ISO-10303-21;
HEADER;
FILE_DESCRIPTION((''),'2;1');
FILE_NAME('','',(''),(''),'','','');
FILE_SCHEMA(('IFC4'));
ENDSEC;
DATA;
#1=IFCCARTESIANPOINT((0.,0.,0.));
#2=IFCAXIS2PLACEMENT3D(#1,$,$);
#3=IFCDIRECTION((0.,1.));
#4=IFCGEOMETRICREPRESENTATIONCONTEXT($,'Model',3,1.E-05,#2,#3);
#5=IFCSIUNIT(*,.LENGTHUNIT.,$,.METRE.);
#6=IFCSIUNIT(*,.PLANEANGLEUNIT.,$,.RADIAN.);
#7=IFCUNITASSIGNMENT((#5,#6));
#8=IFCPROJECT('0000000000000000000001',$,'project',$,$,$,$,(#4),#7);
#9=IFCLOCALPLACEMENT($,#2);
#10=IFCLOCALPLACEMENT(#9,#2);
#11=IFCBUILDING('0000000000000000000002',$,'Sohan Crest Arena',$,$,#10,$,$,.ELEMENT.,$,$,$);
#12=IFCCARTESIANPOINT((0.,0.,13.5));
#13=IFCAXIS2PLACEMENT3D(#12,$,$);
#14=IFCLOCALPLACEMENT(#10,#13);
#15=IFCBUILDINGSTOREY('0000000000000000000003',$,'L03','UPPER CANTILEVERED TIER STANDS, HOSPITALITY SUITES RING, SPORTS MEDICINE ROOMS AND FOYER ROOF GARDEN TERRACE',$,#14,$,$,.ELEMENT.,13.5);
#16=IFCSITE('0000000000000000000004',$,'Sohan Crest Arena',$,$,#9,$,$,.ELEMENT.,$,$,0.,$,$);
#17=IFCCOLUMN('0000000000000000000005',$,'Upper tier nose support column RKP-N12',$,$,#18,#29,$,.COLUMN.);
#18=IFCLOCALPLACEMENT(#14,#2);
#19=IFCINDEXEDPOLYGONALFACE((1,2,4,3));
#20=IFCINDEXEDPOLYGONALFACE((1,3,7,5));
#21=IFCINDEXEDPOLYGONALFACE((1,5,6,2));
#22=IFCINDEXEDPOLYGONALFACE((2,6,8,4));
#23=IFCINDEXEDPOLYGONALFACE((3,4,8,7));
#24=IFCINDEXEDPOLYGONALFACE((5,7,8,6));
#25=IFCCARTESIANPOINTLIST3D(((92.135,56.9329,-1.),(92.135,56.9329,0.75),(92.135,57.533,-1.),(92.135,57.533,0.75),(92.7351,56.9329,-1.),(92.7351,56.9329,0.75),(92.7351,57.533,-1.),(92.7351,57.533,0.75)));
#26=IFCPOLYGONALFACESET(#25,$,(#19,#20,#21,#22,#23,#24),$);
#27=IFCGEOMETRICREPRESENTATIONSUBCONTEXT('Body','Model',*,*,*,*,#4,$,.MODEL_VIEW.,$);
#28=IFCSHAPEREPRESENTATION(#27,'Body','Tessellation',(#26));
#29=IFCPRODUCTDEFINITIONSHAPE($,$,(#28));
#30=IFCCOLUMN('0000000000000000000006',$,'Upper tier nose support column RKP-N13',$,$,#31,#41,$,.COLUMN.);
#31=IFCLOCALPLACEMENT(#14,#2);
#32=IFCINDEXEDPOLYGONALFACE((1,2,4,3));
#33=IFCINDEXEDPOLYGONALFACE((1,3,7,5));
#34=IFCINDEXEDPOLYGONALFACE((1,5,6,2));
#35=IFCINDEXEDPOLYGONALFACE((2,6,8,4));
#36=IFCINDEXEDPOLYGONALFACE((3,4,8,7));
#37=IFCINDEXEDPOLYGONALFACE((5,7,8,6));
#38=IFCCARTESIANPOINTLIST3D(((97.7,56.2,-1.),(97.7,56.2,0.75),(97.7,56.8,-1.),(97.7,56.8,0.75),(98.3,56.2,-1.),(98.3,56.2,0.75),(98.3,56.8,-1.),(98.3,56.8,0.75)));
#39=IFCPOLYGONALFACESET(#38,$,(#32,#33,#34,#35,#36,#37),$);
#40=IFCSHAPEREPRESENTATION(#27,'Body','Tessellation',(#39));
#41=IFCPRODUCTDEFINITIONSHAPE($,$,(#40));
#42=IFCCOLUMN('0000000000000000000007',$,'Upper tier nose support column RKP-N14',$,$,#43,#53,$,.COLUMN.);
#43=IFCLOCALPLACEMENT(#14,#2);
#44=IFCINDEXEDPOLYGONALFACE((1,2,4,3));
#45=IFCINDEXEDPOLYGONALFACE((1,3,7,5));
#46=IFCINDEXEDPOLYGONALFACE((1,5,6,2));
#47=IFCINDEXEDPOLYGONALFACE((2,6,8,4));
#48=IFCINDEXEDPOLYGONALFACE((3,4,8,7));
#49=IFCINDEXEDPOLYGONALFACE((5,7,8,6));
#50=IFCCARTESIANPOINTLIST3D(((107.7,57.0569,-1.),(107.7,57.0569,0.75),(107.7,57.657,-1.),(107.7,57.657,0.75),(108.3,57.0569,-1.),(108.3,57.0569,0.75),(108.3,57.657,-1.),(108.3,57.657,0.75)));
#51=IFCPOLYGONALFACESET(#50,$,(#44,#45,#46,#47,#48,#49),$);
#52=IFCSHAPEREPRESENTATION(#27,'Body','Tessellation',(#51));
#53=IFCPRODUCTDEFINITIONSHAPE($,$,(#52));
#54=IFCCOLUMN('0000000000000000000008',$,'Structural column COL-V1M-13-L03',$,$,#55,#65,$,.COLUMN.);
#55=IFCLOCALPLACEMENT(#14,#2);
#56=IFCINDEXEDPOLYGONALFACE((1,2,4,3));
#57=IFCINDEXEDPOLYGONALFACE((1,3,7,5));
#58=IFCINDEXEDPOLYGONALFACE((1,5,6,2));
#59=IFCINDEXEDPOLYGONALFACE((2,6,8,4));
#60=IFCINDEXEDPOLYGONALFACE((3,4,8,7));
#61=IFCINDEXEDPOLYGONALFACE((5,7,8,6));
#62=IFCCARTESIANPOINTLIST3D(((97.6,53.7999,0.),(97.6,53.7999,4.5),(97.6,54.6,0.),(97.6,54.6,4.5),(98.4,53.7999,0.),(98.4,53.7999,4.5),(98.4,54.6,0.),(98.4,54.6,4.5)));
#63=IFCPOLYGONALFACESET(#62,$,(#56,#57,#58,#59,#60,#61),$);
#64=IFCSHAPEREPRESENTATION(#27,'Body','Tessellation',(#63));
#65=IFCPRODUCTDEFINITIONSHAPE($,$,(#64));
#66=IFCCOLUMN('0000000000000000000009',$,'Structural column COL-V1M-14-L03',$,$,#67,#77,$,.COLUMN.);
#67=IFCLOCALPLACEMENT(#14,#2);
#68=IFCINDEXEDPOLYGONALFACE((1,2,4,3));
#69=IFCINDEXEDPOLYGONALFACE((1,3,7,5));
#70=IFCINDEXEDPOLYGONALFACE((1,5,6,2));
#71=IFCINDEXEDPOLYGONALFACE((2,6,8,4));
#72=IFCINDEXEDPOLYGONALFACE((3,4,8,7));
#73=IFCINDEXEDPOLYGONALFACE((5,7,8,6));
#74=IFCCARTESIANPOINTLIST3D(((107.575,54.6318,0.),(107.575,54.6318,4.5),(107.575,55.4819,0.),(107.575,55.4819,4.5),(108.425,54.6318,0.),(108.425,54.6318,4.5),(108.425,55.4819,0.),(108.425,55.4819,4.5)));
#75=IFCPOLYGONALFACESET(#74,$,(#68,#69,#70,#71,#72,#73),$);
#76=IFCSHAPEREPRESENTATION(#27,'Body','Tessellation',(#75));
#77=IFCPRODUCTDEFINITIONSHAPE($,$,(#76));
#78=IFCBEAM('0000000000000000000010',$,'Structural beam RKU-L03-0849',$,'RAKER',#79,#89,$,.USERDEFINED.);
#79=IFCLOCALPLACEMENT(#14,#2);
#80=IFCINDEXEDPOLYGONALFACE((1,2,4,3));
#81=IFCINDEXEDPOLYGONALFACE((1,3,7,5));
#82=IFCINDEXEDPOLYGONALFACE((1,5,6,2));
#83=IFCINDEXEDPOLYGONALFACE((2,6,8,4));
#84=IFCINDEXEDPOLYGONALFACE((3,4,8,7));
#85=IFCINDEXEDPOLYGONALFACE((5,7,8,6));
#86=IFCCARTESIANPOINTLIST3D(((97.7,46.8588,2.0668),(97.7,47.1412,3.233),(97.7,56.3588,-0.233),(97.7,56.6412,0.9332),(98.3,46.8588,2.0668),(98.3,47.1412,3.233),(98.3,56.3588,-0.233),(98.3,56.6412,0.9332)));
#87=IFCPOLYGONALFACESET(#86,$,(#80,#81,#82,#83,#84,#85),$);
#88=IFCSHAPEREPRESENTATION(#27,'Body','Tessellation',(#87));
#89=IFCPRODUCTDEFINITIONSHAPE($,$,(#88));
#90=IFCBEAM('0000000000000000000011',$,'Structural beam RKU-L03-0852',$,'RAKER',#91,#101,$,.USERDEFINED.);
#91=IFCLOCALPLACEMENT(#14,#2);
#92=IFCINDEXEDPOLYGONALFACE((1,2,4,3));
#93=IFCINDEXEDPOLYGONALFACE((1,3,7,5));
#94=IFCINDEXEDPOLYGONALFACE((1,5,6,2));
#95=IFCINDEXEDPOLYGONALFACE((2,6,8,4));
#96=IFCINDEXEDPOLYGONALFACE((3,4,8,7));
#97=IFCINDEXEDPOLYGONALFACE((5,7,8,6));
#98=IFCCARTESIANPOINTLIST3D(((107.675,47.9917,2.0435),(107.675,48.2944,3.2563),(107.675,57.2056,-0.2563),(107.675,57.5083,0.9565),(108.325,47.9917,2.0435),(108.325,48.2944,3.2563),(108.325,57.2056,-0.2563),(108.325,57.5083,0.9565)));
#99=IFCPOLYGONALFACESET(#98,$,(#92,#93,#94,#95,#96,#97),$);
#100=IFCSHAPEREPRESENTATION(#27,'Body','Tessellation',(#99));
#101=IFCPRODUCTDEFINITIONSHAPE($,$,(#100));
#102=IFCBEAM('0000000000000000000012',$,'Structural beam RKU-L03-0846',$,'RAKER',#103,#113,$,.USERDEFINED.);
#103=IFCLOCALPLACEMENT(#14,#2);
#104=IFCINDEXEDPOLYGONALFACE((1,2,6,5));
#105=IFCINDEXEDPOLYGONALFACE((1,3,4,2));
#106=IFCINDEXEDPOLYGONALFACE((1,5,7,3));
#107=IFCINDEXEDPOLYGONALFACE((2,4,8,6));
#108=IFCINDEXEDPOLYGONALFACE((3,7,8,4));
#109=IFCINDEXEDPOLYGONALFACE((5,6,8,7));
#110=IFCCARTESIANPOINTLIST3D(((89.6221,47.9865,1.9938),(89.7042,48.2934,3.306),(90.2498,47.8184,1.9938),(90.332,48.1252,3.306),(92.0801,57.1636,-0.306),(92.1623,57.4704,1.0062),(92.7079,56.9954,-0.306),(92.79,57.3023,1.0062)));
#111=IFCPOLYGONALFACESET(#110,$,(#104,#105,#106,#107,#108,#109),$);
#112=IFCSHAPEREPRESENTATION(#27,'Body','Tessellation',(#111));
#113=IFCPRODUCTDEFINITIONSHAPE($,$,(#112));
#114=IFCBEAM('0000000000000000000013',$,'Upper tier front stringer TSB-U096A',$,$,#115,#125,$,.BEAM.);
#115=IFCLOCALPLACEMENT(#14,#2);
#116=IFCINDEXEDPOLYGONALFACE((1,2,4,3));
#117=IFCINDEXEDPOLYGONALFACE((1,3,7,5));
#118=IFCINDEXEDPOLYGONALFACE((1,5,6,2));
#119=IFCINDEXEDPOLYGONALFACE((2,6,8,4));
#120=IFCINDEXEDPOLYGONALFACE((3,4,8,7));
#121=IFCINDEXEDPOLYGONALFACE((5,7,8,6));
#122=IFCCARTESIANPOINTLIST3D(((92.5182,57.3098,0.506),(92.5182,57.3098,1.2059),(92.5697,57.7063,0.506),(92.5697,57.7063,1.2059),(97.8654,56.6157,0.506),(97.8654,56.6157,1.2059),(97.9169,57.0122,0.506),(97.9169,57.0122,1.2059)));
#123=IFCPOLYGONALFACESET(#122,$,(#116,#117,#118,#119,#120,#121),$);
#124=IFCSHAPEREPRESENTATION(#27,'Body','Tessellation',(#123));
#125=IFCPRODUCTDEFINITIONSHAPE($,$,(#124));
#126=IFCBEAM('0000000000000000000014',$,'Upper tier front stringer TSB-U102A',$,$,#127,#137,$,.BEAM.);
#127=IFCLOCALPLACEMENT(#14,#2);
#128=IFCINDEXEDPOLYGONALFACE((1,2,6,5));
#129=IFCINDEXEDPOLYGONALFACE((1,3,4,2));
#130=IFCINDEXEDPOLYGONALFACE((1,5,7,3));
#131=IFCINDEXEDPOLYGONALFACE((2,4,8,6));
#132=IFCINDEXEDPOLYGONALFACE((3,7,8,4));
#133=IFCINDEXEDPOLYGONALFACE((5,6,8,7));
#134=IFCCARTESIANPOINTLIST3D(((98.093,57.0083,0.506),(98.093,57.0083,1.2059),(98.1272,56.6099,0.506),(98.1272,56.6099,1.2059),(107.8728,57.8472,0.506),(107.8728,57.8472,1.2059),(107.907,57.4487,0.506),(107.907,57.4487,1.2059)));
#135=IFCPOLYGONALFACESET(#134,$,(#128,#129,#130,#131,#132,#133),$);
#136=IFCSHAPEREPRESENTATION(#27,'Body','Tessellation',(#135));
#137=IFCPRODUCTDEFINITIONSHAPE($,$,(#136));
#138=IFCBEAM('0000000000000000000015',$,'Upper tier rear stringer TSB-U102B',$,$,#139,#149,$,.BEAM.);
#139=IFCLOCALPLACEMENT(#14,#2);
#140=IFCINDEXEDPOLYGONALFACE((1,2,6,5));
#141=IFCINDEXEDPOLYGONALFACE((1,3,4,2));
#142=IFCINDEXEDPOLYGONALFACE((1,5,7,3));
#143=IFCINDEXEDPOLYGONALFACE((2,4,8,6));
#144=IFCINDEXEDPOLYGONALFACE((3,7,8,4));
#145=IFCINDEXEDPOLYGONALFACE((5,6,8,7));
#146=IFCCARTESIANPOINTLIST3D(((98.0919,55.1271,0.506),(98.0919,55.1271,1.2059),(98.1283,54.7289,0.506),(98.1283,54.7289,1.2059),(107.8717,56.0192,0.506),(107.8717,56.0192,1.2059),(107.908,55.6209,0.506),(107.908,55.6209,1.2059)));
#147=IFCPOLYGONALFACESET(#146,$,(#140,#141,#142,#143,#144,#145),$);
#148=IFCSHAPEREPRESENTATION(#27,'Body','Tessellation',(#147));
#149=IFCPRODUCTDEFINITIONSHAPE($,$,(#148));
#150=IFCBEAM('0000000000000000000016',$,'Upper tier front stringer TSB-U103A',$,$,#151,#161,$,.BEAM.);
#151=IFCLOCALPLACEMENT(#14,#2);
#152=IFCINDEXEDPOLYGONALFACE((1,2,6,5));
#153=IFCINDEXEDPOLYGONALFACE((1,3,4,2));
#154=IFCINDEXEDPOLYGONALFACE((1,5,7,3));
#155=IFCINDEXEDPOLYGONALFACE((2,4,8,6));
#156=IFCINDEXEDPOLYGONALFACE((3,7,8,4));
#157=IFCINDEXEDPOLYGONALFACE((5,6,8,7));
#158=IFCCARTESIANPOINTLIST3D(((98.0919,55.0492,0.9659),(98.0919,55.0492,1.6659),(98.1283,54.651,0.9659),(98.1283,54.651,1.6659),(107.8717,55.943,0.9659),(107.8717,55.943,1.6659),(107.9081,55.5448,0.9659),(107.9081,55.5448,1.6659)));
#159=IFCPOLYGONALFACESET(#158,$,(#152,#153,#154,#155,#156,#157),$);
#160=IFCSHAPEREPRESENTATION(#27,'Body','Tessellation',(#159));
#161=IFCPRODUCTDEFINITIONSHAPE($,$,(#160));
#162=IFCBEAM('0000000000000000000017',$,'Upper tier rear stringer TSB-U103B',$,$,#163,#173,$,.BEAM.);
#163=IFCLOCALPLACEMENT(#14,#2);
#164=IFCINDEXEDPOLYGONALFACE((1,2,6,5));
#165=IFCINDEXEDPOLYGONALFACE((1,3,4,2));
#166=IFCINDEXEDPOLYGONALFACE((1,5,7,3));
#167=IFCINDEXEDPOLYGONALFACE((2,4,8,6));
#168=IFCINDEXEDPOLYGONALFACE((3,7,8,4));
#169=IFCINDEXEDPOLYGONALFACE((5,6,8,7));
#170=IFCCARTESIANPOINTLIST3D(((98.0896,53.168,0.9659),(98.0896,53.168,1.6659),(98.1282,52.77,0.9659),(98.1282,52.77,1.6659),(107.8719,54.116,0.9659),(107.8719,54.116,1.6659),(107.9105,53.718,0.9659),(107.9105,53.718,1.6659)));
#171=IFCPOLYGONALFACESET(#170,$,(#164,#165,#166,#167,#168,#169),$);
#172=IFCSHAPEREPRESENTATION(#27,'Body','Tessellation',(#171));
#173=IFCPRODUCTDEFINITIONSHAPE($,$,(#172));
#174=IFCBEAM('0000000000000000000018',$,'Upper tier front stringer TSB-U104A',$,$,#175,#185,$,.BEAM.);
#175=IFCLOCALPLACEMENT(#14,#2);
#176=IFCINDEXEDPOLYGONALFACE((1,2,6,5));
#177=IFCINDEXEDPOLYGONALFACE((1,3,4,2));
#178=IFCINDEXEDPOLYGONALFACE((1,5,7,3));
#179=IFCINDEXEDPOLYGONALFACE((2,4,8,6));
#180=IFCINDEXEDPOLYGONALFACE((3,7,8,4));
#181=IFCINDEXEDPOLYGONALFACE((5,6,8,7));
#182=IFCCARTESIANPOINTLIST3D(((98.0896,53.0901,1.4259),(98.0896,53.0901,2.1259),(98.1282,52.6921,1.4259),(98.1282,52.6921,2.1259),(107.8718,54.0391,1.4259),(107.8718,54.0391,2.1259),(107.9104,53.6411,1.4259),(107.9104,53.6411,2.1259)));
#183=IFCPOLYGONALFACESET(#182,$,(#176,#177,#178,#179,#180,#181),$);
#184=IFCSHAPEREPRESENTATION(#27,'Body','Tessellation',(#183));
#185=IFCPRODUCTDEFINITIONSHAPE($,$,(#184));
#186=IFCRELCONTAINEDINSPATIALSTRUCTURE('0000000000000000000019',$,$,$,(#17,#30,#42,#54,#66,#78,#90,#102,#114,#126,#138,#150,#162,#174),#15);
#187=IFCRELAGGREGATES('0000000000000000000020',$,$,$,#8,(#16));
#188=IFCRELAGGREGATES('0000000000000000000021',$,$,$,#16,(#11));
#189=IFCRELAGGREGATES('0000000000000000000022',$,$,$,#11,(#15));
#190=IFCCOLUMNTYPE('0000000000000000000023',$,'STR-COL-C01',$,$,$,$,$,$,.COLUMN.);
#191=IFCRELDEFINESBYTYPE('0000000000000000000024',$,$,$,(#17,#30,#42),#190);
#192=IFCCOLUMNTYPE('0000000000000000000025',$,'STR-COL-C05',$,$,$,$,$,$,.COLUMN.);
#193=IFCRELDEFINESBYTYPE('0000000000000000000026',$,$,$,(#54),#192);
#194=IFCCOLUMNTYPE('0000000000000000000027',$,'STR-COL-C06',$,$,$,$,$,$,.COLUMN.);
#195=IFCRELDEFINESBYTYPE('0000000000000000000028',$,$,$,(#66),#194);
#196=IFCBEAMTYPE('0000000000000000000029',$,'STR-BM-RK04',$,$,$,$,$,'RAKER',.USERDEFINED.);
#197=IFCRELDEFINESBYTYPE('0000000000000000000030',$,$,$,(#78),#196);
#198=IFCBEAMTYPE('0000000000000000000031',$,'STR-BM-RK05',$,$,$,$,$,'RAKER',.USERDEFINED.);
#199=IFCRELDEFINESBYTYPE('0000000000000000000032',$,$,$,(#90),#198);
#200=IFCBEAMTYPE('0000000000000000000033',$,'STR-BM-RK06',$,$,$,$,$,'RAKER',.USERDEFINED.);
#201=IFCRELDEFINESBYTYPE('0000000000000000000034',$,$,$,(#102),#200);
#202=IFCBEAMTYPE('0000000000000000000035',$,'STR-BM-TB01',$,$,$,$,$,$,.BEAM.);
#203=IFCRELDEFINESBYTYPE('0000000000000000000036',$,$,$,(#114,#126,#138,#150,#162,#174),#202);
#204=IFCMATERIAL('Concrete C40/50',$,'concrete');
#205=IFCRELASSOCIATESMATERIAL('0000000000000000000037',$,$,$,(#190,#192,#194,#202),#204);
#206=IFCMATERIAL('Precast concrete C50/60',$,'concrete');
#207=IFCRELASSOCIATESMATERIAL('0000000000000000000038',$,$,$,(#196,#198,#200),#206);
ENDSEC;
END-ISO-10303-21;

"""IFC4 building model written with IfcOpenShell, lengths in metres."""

from ifc_helpers import new_model, si_unit, direction, frame, origin, origin_2d, place, context, subcontext, project, spatial, rectangle, extrude, material, material_profile, profile_set, type_object, element, save


model = new_model("IFC4")

# Units and contexts
model_context = context("Model", 3, precision=1e-05, world=origin(), true_north=direction((0.0, 1.0)))
body_context = subcontext(model_context, "Body", "Model", "MODEL_VIEW")
ifc_project = project(units=[si_unit("LENGTHUNIT", "METRE"), si_unit("PLANEANGLEUNIT", "RADIAN")], contexts=[model_context])

# Site, building, storey
site_placement = place(None, origin())
site = spatial("IfcSite", under=ifc_project, at=site_placement, Name="Sohan Crest Arena", CompositionType="ELEMENT", RefElevation=0.0)
building_placement = place(site_placement, origin())
building = spatial("IfcBuilding", under=site, at=building_placement, Name="Sohan Crest Arena", CompositionType="ELEMENT")
storey_placement = place(building_placement, frame((0.0, 0.0, 13.5)))
storey = spatial("IfcBuildingStorey", under=building, at=storey_placement, Name="L03", Description="UPPER CANTILEVERED TIER STANDS, HOSPITALITY SUITES RING, SPORTS MEDICINE ROOMS AND FOYER ROOF GARDEN TERRACE", CompositionType="ELEMENT", Elevation=13.5)

# Columns
ifc_material_1 = material(Name="Concrete C40/50", Category="concrete")
ifc_material_profile_1 = material_profile(ifc_material_1, rectangle(XDim=0.6001, YDim=0.6001, at=origin_2d()), Name="RC 600x600")
ifc_profile_set_1 = profile_set([ifc_material_profile_1], Name="Concrete C40/50")
column_type_1 = type_object("IfcColumnType", Name="STR-COL-C01", PredefinedType="COLUMN", material=ifc_profile_set_1)
for number, where, z_axis, x_axis, name in (
    (1, (92.4351, 57.2329, -1.0), (0.0, 0.0, 1.0), (1.0, 0.0, 0.0), "Upper tier nose support column RKP-N12"),
    (2, (98.0, 56.5, -1.0), (0.0, 0.0, 1.0), (1.0, 0.0, 0.0), "Upper tier nose support column RKP-N13"),
    (3, (108.0, 57.3569, -1.0), (0.0, 0.0, 1.0), (1.0, 0.0, 0.0), "Upper tier nose support column RKP-N14"),
):
    element("IfcColumn", number, at=place(storey_placement, frame(where, z_axis=z_axis, x_axis=x_axis)), inside=storey, type_object=column_type_1, Name=name, PredefinedType="COLUMN", context=body_context, shape_type="SweptSolid", body=[
        extrude(rectangle(XDim=0.6001, YDim=0.6001, at=origin_2d()), origin(), (0.0, 0.0, 1.0), 1.75),
    ])
ifc_material_profile_2 = material_profile(ifc_material_1, rectangle(XDim=0.8, YDim=0.8, at=origin_2d()), Name="RC 800x800")
ifc_profile_set_2 = profile_set([ifc_material_profile_2], Name="Concrete C40/50")
column_type_2 = type_object("IfcColumnType", Name="STR-COL-C05", PredefinedType="COLUMN", material=ifc_profile_set_2)
column_1_placement = place(storey_placement, frame((98.0, 54.2, 0.0), z_axis=(0.0, 0.0, 1.0), x_axis=(1.0, 0.0, 0.0)))
element("IfcColumn", 4, at=column_1_placement, inside=storey, type_object=column_type_2, Name="Structural column COL-V1M-13-L03", PredefinedType="COLUMN", context=body_context, shape_type="SweptSolid", body=[
    extrude(rectangle(XDim=0.8, YDim=0.8, at=origin_2d()), origin(), (0.0, 0.0, 1.0), 4.5),
])
ifc_material_profile_3 = material_profile(ifc_material_1, rectangle(XDim=0.8501, YDim=0.8501, at=origin_2d()), Name="RC 850x850")
ifc_profile_set_3 = profile_set([ifc_material_profile_3], Name="Concrete C40/50")
column_type_3 = type_object("IfcColumnType", Name="STR-COL-C06", PredefinedType="COLUMN", material=ifc_profile_set_3)
column_2_placement = place(storey_placement, frame((108.0, 55.0569, 0.0), z_axis=(0.0, 0.0, 1.0), x_axis=(1.0, 0.0, 0.0)))
element("IfcColumn", 5, at=column_2_placement, inside=storey, type_object=column_type_3, Name="Structural column COL-V1M-14-L03", PredefinedType="COLUMN", context=body_context, shape_type="SweptSolid", body=[
    extrude(rectangle(XDim=0.8501, YDim=0.8501, at=origin_2d()), origin(), (0.0, 0.0, 1.0), 4.5),
])

# Beams
ifc_material_2 = material(Name="Precast concrete C50/60", Category="concrete")
ifc_material_profile_4 = material_profile(ifc_material_2, rectangle(XDim=0.6001, YDim=1.2, at=origin_2d()), Name="RAKER 600x1200")
ifc_profile_set_4 = profile_set([ifc_material_profile_4], Name="Precast concrete C50/60")
beam_type_1 = type_object("IfcBeamType", Name="STR-BM-RK04", ElementType="RAKER", PredefinedType="USERDEFINED", material=ifc_profile_set_4)
beam_1_placement = place(storey_placement, frame((98.0, 56.5, 0.3501), z_axis=(0.0, -0.971926, 0.235288), x_axis=(1.0, 0.0, 0.0)))
element("IfcBeam", 6, at=beam_1_placement, inside=storey, type_object=beam_type_1, Name="Structural beam RKU-L03-0849", ObjectType="RAKER", PredefinedType="USERDEFINED", context=body_context, shape_type="SweptSolid", body=[
    extrude(rectangle(XDim=0.6001, YDim=1.2, at=origin_2d()), origin(), (0.0, 0.0, 1.0), 9.7744),
])
ifc_material_profile_5 = material_profile(ifc_material_2, rectangle(XDim=0.6499, YDim=1.25, at=origin_2d()), Name="RAKER 650x1250")
ifc_profile_set_5 = profile_set([ifc_material_profile_5], Name="Precast concrete C50/60")
beam_type_2 = type_object("IfcBeamType", Name="STR-BM-RK05", ElementType="RAKER", PredefinedType="USERDEFINED", material=ifc_profile_set_5)
beam_2_placement = place(storey_placement, frame((108.0, 57.3569, 0.3501), z_axis=(0.0, -0.970233, 0.242173), x_axis=(1.0, 0.0, 0.0)))
element("IfcBeam", 7, at=beam_2_placement, inside=storey, type_object=beam_type_2, Name="Structural beam RKU-L03-0852", ObjectType="RAKER", PredefinedType="USERDEFINED", context=body_context, shape_type="SweptSolid", body=[
    extrude(rectangle(XDim=0.6499, YDim=1.25, at=origin_2d()), origin(), (0.0, 0.0, 1.0), 9.4966),
])
ifc_material_profile_6 = material_profile(ifc_material_2, rectangle(XDim=0.6499, YDim=1.3501, at=origin_2d()), Name="RAKER 650x1350")
ifc_profile_set_6 = profile_set([ifc_material_profile_6], Name="Precast concrete C50/60")
beam_type_3 = type_object("IfcBeamType", Name="STR-BM-RK06", ElementType="RAKER", PredefinedType="USERDEFINED", material=ifc_profile_set_6)
beam_3_placement = place(storey_placement, frame((92.4351, 57.2329, 0.3501), z_axis=(-0.251462, -0.938835, 0.235277), x_axis=(0.965951, -0.258725, 0.0)))
element("IfcBeam", 8, at=beam_3_placement, inside=storey, type_object=beam_type_3, Name="Structural beam RKU-L03-0846", ObjectType="RAKER", PredefinedType="USERDEFINED", context=body_context, shape_type="SweptSolid", body=[
    extrude(rectangle(XDim=0.6499, YDim=1.3501, at=origin_2d()), origin(), (0.0, 0.0, 1.0), 9.7749),
])
ifc_material_profile_7 = material_profile(ifc_material_1, rectangle(XDim=0.3999, YDim=0.7, at=origin_2d()), Name="RC-BM 400x700")
ifc_profile_set_7 = profile_set([ifc_material_profile_7], Name="Concrete C40/50")
beam_type_4 = type_object("IfcBeamType", Name="STR-BM-TB01", PredefinedType="BEAM", material=ifc_profile_set_7)
beam_4_placement = place(storey_placement, frame((92.5439, 57.5081, 0.856), z_axis=(0.99168, -0.128726, 0.0), x_axis=(0.128726, 0.99168, 0.0)))
element("IfcBeam", 9, at=beam_4_placement, inside=storey, type_object=beam_type_4, Name="Upper tier front stringer TSB-U096A", PredefinedType="BEAM", context=body_context, shape_type="SweptSolid", body=[
    extrude(rectangle(XDim=0.3999, YDim=0.7, at=origin_2d()), origin(), (0.0, 0.0, 1.0), 5.3921),
])
beam_5_placement = place(storey_placement, frame((98.1101, 56.8091, 0.856), z_axis=(0.996341, 0.085462, 0.0), x_axis=(-0.085462, 0.996341, 0.0)))
element("IfcBeam", 10, at=beam_5_placement, inside=storey, type_object=beam_type_4, Name="Upper tier front stringer TSB-U102A", PredefinedType="BEAM", context=body_context, shape_type="SweptSolid", body=[
    extrude(rectangle(XDim=0.3999, YDim=0.7, at=origin_2d()), origin(), (0.0, 0.0, 1.0), 9.8157),
])
beam_6_placement = place(storey_placement, frame((98.1101, 54.928, 0.856), z_axis=(0.995865, 0.090841, 0.0), x_axis=(-0.090841, 0.995865, 0.0)))
element("IfcBeam", 11, at=beam_6_placement, inside=storey, type_object=beam_type_4, Name="Upper tier rear stringer TSB-U102B", PredefinedType="BEAM", context=body_context, shape_type="SweptSolid", body=[
    extrude(rectangle(XDim=0.3999, YDim=0.7, at=origin_2d()), origin(), (0.0, 0.0, 1.0), 9.8203),
])
beam_7_placement = place(storey_placement, frame((98.1101, 54.8501, 1.3159), z_axis=(0.99585, 0.091013, 0.0), x_axis=(-0.091013, 0.99585, 0.0)))
element("IfcBeam", 12, at=beam_7_placement, inside=storey, type_object=beam_type_4, Name="Upper tier front stringer TSB-U103A", PredefinedType="BEAM", context=body_context, shape_type="SweptSolid", body=[
    extrude(rectangle(XDim=0.3999, YDim=0.7, at=origin_2d()), origin(), (0.0, 0.0, 1.0), 9.8206),
])
for number, where, z_axis, x_axis, name in (
    (13, (98.1089, 52.969, 1.3159), (0.995337, 0.096458, 0.0), (-0.096458, 0.995337, 0.0), "Upper tier rear stringer TSB-U103B"),
    (14, (98.1089, 52.8911, 1.7759), (0.995327, 0.096557, 0.0), (-0.096557, 0.995327, 0.0), "Upper tier front stringer TSB-U104A"),
):
    element("IfcBeam", number, at=place(storey_placement, frame(where, z_axis=z_axis, x_axis=x_axis)), inside=storey, type_object=beam_type_4, Name=name, PredefinedType="BEAM", context=body_context, shape_type="SweptSolid", body=[
        extrude(rectangle(XDim=0.3999, YDim=0.7, at=origin_2d()), origin(), (0.0, 0.0, 1.0), 9.8281),
    ])

save(model, "model.ifc")
